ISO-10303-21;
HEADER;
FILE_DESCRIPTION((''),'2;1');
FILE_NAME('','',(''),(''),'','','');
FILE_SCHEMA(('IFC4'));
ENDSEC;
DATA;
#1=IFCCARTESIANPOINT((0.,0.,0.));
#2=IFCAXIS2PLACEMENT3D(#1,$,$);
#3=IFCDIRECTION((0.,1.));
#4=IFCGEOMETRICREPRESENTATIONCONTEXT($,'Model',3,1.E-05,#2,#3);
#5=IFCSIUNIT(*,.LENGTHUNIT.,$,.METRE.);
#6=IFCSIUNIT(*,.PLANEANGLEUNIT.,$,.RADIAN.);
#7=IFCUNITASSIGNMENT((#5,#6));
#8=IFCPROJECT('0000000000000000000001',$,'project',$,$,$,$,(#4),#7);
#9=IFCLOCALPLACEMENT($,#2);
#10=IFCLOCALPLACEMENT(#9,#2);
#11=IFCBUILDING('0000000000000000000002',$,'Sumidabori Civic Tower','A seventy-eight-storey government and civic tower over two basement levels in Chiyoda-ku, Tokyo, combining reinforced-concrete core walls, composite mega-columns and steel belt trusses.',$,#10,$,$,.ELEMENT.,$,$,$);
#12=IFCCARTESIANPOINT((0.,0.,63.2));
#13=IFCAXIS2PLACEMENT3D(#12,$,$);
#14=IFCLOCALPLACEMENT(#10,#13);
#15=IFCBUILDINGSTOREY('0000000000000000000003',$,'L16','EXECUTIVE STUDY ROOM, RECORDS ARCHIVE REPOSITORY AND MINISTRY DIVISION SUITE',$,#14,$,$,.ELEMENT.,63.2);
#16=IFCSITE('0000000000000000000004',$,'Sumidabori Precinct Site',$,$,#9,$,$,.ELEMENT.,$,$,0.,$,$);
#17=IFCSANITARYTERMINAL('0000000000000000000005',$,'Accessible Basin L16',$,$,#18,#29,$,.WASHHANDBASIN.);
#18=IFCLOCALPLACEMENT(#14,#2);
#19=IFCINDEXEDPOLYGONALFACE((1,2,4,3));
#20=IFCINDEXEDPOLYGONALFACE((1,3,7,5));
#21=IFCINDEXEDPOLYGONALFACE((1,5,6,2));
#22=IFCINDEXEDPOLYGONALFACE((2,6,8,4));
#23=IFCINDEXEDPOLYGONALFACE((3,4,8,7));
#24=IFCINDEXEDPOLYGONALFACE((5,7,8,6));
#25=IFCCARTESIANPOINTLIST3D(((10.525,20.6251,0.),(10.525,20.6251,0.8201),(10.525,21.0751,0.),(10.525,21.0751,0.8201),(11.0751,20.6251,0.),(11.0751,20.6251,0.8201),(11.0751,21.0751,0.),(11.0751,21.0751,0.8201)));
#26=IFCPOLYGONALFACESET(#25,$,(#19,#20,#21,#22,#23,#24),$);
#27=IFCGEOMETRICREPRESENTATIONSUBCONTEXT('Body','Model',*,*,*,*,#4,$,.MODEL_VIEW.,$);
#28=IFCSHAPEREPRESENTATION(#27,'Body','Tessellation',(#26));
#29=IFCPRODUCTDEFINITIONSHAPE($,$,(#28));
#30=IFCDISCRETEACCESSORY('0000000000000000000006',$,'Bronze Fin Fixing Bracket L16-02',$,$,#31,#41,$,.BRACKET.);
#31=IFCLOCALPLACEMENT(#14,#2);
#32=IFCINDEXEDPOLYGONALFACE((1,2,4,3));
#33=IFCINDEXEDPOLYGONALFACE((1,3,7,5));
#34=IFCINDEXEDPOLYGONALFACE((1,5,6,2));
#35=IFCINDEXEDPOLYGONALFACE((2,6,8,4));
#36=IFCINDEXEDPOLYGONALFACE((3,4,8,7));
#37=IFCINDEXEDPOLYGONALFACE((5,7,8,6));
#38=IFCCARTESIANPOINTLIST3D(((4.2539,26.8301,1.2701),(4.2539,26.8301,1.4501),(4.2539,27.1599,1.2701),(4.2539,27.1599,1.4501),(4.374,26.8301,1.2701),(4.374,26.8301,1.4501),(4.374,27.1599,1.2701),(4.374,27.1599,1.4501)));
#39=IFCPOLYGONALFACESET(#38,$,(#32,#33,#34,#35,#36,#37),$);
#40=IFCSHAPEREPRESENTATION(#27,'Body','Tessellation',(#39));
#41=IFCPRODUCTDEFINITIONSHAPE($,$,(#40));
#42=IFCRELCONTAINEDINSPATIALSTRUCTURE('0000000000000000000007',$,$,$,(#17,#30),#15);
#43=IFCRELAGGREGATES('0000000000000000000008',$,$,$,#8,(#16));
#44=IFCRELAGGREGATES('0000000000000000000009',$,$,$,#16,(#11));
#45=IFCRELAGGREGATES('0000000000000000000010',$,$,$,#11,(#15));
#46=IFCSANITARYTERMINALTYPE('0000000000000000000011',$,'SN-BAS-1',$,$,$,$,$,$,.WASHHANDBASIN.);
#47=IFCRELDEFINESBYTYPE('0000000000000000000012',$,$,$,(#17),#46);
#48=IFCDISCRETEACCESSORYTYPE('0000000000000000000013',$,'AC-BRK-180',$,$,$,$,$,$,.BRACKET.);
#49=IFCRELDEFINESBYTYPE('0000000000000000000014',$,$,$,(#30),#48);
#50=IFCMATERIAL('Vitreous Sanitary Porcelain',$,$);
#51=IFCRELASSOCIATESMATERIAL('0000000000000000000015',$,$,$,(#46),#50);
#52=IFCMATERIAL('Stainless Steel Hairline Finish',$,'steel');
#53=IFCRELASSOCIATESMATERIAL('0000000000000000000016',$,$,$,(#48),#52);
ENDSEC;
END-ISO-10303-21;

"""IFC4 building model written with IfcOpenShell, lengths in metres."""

from ifc_helpers import new_model, si_unit, direction, frame, origin, origin_2d, place, context, subcontext, project, spatial, rectangle, extrude, source, transform, mapped, material, material_profile, profile_set, type_object, element, save


model = new_model("IFC4")

# Units and contexts
model_context = context("Model", 3, precision=1e-05, world=origin(), true_north=direction((0.0, 1.0)))
body_context = subcontext(model_context, "Body", "Model", "MODEL_VIEW")
ifc_project = project(units=[si_unit("LENGTHUNIT", "METRE"), si_unit("PLANEANGLEUNIT", "RADIAN")], contexts=[model_context])

# Site, building, storey
site_placement = place(None, origin())
site = spatial("IfcSite", under=ifc_project, at=site_placement, Name="Sumidabori Precinct Site", CompositionType="ELEMENT", RefElevation=0.0)
building_placement = place(site_placement, origin())
building = spatial("IfcBuilding", under=site, at=building_placement, Name="Sumidabori Civic Tower", Description="A seventy-eight-storey government and civic tower over two basement levels in Chiyoda-ku, Tokyo, combining reinforced-concrete core walls, composite mega-columns and steel belt trusses.", CompositionType="ELEMENT")
storey_placement = place(building_placement, frame((0.0, 0.0, 63.2)))
storey = spatial("IfcBuildingStorey", under=building, at=storey_placement, Name="L16", Description="EXECUTIVE STUDY ROOM, RECORDS ARCHIVE REPOSITORY AND MINISTRY DIVISION SUITE", CompositionType="ELEMENT", Elevation=63.2)

# Shared definitions
ifc_material_1 = material(Name="Stainless Steel Hairline Finish", Category="steel")

# Sanitary terminal
ifc_material_2 = material(Name="Vitreous Sanitary Porcelain")
sanitary_terminal_type_1 = type_object("IfcSanitaryTerminalType", Name="SN-BAS-1", PredefinedType="WASHHANDBASIN", material=ifc_material_2)
shared_shape_1 = source(origin(), body_context, "Body", "SweptSolid", [
    extrude(rectangle(XDim=0.55, YDim=0.45, at=origin_2d()), origin(), (0.0, 0.0, 1.0), 0.8201),
])
sanitary_terminal_1_placement = place(storey_placement, frame((10.8, 20.8501, 0.0), z_axis=(0.0, 0.0, 1.0), x_axis=(1.0, 0.0, 0.0)))
element("IfcSanitaryTerminal", 1, at=sanitary_terminal_1_placement, inside=storey, type_object=sanitary_terminal_type_1, Name="Accessible Basin L16", PredefinedType="WASHHANDBASIN", context=body_context, shape_type="MappedRepresentation", body=[
    mapped(shared_shape_1, transform((0.0, 0.0, 0.0), x_axis=(1.0, 0.0, 0.0), y_axis=(0.0, 1.0, 0.0), z_axis=(0.0, 0.0, 1.0), scale=1.0)),
])

# Discrete accessory
ifc_material_profile_1 = material_profile(ifc_material_1, rectangle(XDim=0.1201, YDim=0.1799, at=origin_2d()), Name="STEEL BRACKET 180x120")
ifc_profile_set_1 = profile_set([ifc_material_profile_1], Name="Stainless Steel Hairline Finish")
discrete_accessory_type = type_object("IfcDiscreteAccessoryType", Name="AC-BRK-180", PredefinedType="BRACKET", material=ifc_profile_set_1)
shared_shape_2 = source(origin(), body_context, "Body", "SweptSolid", [
    extrude(rectangle(XDim=0.1201, YDim=0.1799, at=origin_2d()), origin(), (0.0, 0.0, 1.0), 0.3298),
])
discrete_accessory_placement = place(storey_placement, frame((4.314, 26.8301, 1.3601), z_axis=(0.0, 1.0, 0.0), x_axis=(-1.0, 0.0, 0.0)))
element("IfcDiscreteAccessory", 2, at=discrete_accessory_placement, inside=storey, type_object=discrete_accessory_type, Name="Bronze Fin Fixing Bracket L16-02", PredefinedType="BRACKET", context=body_context, shape_type="MappedRepresentation", body=[
    mapped(shared_shape_2, transform((0.0, 0.0, 0.0), x_axis=(1.0, 0.0, 0.0), y_axis=(0.0, 1.0, 0.0), z_axis=(0.0, 0.0, 1.0), scale=1.0)),
])

save(model, "model.ifc")
